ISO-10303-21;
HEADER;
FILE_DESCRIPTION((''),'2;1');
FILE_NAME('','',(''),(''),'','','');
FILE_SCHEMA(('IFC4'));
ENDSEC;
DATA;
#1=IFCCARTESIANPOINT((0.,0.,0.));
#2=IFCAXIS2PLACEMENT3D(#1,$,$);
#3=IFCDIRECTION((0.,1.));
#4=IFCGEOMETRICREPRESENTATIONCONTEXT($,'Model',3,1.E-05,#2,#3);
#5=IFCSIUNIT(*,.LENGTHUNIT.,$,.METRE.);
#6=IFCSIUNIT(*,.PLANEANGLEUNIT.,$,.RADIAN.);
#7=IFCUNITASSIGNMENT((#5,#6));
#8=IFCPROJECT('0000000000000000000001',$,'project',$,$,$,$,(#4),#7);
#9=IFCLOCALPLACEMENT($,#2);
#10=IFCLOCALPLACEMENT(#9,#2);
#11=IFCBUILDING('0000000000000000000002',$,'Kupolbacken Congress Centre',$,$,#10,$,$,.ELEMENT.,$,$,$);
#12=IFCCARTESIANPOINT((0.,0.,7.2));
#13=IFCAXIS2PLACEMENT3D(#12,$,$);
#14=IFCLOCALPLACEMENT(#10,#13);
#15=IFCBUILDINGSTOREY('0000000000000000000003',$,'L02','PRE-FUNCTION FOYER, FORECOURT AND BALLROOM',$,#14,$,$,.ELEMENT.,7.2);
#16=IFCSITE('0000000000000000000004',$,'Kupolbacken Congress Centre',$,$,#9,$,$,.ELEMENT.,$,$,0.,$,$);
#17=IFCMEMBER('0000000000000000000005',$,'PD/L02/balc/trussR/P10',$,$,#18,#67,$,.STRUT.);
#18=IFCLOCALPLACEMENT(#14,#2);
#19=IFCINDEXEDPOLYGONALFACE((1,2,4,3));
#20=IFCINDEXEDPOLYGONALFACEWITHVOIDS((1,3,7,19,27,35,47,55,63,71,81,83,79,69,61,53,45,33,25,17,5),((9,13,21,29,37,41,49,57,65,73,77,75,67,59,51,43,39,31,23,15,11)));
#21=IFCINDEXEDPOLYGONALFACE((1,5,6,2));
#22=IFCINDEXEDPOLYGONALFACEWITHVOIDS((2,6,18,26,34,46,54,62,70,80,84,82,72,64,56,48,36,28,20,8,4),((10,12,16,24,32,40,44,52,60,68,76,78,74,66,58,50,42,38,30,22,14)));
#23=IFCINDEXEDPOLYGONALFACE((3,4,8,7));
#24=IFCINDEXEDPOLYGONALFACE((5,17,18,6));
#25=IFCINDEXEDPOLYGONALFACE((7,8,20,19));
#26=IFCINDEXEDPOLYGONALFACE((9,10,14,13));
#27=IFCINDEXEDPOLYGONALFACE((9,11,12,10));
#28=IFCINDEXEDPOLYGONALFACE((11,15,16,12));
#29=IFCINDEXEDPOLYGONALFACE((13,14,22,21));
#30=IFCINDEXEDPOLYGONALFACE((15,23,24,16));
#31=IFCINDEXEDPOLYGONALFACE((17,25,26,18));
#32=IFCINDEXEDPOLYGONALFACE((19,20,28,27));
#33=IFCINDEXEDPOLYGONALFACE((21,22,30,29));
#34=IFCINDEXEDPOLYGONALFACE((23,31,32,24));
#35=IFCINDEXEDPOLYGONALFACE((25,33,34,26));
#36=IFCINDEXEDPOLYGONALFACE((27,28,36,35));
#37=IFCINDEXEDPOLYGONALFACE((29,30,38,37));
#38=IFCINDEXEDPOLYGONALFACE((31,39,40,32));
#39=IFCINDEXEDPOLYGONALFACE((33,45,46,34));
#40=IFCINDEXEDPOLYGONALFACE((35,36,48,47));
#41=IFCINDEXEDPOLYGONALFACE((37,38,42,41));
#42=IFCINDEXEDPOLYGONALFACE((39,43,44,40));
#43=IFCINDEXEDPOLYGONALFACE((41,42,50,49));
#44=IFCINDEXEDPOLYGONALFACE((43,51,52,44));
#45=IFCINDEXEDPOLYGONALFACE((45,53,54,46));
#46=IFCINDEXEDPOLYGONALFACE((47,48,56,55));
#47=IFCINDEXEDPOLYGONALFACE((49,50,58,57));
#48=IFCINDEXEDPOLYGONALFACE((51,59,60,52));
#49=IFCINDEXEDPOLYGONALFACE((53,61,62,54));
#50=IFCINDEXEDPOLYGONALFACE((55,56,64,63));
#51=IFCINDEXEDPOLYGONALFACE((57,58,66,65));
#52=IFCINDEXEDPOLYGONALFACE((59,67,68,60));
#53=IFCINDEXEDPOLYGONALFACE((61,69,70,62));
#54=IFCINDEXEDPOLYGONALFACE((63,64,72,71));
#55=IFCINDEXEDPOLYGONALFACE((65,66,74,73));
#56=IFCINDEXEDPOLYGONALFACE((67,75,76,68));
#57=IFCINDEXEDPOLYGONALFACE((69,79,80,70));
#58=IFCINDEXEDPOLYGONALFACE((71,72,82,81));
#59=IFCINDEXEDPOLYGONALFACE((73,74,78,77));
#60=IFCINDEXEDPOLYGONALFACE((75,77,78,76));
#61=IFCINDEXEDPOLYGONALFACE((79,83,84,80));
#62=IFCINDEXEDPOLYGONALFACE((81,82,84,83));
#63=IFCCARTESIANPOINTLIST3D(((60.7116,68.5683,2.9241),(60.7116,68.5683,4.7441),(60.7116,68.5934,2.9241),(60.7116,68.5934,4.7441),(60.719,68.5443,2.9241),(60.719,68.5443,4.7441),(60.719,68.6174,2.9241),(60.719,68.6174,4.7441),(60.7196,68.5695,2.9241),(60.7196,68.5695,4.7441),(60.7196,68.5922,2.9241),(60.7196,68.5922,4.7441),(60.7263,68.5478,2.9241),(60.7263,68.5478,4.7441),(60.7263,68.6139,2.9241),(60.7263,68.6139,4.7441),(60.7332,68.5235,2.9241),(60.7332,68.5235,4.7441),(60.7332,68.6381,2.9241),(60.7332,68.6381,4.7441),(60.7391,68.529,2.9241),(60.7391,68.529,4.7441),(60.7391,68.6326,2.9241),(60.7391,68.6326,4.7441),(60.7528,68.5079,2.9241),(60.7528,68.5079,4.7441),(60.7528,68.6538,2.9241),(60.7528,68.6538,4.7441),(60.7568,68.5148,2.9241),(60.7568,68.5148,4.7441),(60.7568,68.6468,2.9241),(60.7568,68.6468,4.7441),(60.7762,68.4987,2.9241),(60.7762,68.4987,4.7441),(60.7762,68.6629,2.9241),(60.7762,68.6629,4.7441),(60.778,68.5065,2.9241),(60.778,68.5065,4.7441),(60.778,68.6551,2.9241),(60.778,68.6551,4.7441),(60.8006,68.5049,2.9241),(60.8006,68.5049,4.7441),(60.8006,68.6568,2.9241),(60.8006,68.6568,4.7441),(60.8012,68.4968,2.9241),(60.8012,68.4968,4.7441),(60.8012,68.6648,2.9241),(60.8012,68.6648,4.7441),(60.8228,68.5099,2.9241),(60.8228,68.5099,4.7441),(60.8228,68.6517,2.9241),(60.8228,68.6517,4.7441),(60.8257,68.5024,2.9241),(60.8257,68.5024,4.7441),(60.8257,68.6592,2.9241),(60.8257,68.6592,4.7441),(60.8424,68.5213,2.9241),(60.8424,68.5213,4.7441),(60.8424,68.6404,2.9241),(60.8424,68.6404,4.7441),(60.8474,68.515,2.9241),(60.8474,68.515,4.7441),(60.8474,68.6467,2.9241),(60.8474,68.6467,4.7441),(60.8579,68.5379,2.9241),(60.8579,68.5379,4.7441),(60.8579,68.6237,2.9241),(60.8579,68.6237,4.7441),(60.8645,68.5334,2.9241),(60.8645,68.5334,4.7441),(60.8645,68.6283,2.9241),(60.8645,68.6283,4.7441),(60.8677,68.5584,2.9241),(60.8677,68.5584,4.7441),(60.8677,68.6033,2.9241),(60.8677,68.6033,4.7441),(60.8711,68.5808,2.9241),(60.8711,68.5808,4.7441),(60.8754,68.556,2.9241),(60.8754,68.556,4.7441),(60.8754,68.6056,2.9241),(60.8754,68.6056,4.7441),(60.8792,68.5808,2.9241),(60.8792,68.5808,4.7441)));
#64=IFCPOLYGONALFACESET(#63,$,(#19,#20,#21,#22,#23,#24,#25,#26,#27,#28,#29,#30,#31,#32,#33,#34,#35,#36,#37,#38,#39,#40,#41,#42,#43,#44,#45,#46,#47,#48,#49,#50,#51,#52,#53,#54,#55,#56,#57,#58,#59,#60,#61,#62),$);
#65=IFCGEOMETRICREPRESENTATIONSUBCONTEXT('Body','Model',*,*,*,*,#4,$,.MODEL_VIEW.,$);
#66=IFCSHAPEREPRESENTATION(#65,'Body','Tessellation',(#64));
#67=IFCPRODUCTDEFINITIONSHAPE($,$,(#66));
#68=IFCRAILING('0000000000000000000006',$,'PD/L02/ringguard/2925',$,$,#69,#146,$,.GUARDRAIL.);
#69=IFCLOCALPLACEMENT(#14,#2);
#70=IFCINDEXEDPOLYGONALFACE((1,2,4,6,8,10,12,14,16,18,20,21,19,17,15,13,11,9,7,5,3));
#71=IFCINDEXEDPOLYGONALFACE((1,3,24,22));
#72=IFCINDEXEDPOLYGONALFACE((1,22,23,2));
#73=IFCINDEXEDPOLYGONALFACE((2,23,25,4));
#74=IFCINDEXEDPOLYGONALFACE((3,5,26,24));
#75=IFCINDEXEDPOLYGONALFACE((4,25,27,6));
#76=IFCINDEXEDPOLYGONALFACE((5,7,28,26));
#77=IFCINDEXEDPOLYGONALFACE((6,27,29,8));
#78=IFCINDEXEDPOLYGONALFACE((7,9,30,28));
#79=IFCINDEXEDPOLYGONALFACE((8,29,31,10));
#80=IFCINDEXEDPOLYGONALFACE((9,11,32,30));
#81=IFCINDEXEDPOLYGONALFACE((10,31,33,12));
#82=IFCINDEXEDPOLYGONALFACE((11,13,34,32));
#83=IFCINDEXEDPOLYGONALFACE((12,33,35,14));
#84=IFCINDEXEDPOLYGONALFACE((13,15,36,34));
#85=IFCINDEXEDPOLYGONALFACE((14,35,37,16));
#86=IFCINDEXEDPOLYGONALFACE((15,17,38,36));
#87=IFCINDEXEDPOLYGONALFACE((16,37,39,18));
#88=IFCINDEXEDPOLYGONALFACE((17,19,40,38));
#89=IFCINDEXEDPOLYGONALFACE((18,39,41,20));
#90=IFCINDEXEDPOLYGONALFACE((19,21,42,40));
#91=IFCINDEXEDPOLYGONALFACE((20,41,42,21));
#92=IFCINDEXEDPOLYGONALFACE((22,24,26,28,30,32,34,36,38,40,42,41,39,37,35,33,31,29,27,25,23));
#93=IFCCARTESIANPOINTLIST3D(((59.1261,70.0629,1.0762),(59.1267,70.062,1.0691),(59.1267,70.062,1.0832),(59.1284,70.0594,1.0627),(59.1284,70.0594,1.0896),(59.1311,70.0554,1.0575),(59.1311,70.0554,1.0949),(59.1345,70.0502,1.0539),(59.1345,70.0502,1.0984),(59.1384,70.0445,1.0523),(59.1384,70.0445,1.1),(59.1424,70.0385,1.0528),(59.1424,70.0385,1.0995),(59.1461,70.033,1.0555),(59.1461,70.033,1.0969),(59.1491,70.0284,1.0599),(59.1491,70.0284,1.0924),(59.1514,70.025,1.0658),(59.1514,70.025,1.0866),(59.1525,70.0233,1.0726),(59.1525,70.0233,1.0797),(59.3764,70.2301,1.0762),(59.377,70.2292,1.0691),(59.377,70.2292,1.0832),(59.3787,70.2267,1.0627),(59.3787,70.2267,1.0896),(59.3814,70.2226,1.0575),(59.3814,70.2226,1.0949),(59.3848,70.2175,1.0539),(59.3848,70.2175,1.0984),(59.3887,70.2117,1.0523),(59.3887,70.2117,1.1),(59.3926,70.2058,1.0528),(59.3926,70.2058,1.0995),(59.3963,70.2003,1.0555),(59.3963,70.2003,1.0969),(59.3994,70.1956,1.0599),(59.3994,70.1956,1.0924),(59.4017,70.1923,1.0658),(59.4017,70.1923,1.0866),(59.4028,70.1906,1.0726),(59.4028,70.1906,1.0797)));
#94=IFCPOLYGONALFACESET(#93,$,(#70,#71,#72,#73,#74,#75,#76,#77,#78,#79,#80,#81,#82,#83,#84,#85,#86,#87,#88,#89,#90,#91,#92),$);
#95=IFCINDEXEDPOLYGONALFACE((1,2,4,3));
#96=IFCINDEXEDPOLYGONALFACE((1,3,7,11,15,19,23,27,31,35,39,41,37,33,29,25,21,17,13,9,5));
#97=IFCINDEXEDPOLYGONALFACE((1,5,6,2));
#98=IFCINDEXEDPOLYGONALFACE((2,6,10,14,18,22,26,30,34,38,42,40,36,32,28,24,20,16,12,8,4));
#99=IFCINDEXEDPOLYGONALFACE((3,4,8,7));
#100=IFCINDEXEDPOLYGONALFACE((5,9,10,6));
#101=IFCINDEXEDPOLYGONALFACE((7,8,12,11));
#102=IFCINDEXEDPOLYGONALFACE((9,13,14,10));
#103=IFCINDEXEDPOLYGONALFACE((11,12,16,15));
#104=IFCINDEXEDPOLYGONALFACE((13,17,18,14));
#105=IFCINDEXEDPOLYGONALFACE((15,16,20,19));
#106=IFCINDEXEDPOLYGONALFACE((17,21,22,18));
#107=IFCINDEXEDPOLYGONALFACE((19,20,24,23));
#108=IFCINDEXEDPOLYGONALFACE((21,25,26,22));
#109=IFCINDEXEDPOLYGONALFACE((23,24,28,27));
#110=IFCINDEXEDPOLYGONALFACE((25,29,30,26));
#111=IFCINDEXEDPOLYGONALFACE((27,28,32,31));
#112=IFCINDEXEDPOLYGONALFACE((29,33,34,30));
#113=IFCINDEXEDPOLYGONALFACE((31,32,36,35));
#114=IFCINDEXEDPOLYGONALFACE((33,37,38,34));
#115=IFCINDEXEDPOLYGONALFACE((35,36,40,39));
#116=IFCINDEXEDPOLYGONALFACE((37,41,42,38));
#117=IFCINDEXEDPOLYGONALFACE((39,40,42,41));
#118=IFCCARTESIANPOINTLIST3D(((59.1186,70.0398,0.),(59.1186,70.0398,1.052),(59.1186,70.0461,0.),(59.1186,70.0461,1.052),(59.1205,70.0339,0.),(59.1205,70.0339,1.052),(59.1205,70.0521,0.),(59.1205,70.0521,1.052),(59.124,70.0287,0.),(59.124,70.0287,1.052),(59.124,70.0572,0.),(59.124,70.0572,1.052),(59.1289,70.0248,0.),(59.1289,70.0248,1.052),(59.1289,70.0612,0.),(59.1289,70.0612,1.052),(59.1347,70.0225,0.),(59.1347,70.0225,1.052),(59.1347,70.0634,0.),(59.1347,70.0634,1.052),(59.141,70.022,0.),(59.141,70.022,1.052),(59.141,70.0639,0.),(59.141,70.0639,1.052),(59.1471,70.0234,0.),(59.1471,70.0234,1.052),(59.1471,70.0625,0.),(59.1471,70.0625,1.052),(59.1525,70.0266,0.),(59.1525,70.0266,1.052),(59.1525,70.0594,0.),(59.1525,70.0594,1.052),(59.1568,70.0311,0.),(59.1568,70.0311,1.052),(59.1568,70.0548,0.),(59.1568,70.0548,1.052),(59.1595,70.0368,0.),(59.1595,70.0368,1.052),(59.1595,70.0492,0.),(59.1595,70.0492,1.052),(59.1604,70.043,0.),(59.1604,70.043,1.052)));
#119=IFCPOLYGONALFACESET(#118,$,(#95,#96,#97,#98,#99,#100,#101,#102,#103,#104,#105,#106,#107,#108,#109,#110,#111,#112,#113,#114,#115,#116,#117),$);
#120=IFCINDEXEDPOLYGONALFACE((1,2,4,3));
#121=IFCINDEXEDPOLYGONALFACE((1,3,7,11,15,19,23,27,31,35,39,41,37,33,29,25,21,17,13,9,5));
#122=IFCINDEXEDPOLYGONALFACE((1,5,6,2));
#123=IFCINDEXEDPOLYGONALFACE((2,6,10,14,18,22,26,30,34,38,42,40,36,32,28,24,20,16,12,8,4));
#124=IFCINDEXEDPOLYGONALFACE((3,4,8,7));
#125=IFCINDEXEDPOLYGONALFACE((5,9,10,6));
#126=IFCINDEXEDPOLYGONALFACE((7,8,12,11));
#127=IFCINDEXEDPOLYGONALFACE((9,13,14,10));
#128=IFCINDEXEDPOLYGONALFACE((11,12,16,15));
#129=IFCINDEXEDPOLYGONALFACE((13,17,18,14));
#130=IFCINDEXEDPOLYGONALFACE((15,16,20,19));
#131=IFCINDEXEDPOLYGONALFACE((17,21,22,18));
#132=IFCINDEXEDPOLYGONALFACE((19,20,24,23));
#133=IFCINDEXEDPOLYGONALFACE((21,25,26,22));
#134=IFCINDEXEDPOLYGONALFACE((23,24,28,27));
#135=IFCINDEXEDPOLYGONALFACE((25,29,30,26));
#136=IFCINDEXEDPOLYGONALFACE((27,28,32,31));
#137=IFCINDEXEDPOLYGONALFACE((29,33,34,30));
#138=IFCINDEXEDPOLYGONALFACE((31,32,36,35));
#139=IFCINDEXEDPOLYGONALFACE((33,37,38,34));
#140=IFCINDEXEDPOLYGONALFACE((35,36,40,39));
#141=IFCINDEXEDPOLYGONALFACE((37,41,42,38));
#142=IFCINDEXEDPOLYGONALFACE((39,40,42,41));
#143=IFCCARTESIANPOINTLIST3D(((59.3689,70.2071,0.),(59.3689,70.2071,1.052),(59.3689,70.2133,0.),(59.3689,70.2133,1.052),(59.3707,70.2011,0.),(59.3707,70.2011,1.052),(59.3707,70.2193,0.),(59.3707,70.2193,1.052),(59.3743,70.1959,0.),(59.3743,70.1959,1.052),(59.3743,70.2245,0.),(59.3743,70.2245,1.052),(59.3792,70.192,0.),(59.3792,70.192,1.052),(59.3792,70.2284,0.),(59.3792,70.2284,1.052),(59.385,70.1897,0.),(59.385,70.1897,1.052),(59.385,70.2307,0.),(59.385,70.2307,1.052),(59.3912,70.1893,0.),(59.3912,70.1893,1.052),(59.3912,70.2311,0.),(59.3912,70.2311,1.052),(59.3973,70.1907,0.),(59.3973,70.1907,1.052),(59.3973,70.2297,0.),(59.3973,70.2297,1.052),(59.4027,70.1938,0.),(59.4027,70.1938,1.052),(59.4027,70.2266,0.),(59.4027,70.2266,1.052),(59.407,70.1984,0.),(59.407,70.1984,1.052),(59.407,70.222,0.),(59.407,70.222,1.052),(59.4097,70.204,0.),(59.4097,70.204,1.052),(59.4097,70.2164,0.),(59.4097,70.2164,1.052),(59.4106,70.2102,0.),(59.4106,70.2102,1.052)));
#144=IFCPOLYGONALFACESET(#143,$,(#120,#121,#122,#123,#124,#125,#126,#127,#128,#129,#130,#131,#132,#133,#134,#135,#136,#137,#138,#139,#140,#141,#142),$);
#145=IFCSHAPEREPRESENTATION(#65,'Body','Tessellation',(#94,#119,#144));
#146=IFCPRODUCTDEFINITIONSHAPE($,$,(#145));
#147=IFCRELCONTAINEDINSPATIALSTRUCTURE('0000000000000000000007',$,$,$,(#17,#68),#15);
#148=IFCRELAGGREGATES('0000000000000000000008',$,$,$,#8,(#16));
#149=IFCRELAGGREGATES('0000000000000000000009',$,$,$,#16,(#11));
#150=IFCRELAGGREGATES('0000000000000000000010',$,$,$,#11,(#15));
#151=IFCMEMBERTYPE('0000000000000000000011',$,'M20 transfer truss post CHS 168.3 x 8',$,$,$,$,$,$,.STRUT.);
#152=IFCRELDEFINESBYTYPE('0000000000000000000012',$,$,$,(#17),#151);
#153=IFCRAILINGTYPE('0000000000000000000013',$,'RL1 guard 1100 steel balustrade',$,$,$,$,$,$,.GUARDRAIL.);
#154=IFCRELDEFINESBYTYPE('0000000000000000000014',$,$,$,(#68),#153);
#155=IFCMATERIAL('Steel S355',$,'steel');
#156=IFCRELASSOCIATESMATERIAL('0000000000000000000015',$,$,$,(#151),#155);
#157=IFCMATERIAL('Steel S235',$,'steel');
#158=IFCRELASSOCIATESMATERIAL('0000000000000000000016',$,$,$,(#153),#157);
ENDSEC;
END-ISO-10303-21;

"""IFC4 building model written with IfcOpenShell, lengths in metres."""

from ifc_helpers import new_model, si_unit, direction, frame, origin, origin_2d, place, context, subcontext, project, spatial, circle, hollow_circle, extrude, material, material_profile, profile_set, type_object, element, save


model = new_model("IFC4")

# Units and contexts
model_context = context("Model", 3, precision=1e-05, world=origin(), true_north=direction((0.0, 1.0)))
body_context = subcontext(model_context, "Body", "Model", "MODEL_VIEW")
ifc_project = project(units=[si_unit("LENGTHUNIT", "METRE"), si_unit("PLANEANGLEUNIT", "RADIAN")], contexts=[model_context])

# Site, building, storey
site_placement = place(None, origin())
site = spatial("IfcSite", under=ifc_project, at=site_placement, Name="Kupolbacken Congress Centre", CompositionType="ELEMENT", RefElevation=0.0)
building_placement = place(site_placement, origin())
building = spatial("IfcBuilding", under=site, at=building_placement, Name="Kupolbacken Congress Centre", CompositionType="ELEMENT")
storey_placement = place(building_placement, frame((0.0, 0.0, 7.2)))
storey = spatial("IfcBuildingStorey", under=building, at=storey_placement, Name="L02", Description="PRE-FUNCTION FOYER, FORECOURT AND BALLROOM", CompositionType="ELEMENT", Elevation=7.2)

# Member
ifc_material_1 = material(Name="Steel S355", Category="steel")
ifc_material_profile_1 = material_profile(ifc_material_1, hollow_circle(Radius=0.0842, WallThickness=0.0081, at=origin_2d()), Name="CHS 168.3 x 8")
ifc_profile_set_1 = profile_set([ifc_material_profile_1], Name="Steel S355")
member_type_1 = type_object("IfcMemberType", Name="M20 transfer truss post CHS 168.3 x 8", PredefinedType="STRUT", material=ifc_profile_set_1)
for number, where, z_axis, x_axis, name in (
    (1, (60.7949, 68.5808, 2.9241), (0.0, 0.0, 1.0), (1.0, 0.0, 0.0), "PD/L02/balc/trussR/P10"),
):
    element("IfcMember", number, at=place(storey_placement, frame(where, z_axis=z_axis, x_axis=x_axis)), inside=storey, type_object=member_type_1, Name=name, PredefinedType="STRUT", context=body_context, shape_type="SweptSolid", body=[
        extrude(hollow_circle(Radius=0.0842, WallThickness=0.0081, at=origin_2d()), origin(), (0.0, 0.0, 1.0), 1.8201),
    ])

# Railing
ifc_material_2 = material(Name="Steel S235", Category="steel")
railing_type = type_object("IfcRailingType", Name="RL1 guard 1100 steel balustrade", PredefinedType="GUARDRAIL", material=ifc_material_2)
railing_1_placement = place(storey_placement, frame((59.1394, 70.043, 0.0)))
element("IfcRailing", 2, at=railing_1_placement, inside=storey, type_object=railing_type, Name="PD/L02/ringguard/2925", PredefinedType="GUARDRAIL", context=body_context, shape_type="SweptSolid", body=[
    extrude(circle(Radius=0.0239, at=origin_2d()), frame((0.0, 0.0, 1.0762), z_axis=(0.831426, 0.555636, 0.0), x_axis=(-0.555636, 0.831426, 0.0)), (0.0, 0.0, 1.0), 0.301),
    extrude(circle(Radius=0.021, at=origin_2d()), origin(), (0.0, 0.0, 1.0), 1.052),
    extrude(circle(Radius=0.021, at=origin_2d()), frame((0.2502, 0.1672, 0.0)), (0.0, 0.0, 1.0), 1.052),
])

save(model, "model.ifc")
